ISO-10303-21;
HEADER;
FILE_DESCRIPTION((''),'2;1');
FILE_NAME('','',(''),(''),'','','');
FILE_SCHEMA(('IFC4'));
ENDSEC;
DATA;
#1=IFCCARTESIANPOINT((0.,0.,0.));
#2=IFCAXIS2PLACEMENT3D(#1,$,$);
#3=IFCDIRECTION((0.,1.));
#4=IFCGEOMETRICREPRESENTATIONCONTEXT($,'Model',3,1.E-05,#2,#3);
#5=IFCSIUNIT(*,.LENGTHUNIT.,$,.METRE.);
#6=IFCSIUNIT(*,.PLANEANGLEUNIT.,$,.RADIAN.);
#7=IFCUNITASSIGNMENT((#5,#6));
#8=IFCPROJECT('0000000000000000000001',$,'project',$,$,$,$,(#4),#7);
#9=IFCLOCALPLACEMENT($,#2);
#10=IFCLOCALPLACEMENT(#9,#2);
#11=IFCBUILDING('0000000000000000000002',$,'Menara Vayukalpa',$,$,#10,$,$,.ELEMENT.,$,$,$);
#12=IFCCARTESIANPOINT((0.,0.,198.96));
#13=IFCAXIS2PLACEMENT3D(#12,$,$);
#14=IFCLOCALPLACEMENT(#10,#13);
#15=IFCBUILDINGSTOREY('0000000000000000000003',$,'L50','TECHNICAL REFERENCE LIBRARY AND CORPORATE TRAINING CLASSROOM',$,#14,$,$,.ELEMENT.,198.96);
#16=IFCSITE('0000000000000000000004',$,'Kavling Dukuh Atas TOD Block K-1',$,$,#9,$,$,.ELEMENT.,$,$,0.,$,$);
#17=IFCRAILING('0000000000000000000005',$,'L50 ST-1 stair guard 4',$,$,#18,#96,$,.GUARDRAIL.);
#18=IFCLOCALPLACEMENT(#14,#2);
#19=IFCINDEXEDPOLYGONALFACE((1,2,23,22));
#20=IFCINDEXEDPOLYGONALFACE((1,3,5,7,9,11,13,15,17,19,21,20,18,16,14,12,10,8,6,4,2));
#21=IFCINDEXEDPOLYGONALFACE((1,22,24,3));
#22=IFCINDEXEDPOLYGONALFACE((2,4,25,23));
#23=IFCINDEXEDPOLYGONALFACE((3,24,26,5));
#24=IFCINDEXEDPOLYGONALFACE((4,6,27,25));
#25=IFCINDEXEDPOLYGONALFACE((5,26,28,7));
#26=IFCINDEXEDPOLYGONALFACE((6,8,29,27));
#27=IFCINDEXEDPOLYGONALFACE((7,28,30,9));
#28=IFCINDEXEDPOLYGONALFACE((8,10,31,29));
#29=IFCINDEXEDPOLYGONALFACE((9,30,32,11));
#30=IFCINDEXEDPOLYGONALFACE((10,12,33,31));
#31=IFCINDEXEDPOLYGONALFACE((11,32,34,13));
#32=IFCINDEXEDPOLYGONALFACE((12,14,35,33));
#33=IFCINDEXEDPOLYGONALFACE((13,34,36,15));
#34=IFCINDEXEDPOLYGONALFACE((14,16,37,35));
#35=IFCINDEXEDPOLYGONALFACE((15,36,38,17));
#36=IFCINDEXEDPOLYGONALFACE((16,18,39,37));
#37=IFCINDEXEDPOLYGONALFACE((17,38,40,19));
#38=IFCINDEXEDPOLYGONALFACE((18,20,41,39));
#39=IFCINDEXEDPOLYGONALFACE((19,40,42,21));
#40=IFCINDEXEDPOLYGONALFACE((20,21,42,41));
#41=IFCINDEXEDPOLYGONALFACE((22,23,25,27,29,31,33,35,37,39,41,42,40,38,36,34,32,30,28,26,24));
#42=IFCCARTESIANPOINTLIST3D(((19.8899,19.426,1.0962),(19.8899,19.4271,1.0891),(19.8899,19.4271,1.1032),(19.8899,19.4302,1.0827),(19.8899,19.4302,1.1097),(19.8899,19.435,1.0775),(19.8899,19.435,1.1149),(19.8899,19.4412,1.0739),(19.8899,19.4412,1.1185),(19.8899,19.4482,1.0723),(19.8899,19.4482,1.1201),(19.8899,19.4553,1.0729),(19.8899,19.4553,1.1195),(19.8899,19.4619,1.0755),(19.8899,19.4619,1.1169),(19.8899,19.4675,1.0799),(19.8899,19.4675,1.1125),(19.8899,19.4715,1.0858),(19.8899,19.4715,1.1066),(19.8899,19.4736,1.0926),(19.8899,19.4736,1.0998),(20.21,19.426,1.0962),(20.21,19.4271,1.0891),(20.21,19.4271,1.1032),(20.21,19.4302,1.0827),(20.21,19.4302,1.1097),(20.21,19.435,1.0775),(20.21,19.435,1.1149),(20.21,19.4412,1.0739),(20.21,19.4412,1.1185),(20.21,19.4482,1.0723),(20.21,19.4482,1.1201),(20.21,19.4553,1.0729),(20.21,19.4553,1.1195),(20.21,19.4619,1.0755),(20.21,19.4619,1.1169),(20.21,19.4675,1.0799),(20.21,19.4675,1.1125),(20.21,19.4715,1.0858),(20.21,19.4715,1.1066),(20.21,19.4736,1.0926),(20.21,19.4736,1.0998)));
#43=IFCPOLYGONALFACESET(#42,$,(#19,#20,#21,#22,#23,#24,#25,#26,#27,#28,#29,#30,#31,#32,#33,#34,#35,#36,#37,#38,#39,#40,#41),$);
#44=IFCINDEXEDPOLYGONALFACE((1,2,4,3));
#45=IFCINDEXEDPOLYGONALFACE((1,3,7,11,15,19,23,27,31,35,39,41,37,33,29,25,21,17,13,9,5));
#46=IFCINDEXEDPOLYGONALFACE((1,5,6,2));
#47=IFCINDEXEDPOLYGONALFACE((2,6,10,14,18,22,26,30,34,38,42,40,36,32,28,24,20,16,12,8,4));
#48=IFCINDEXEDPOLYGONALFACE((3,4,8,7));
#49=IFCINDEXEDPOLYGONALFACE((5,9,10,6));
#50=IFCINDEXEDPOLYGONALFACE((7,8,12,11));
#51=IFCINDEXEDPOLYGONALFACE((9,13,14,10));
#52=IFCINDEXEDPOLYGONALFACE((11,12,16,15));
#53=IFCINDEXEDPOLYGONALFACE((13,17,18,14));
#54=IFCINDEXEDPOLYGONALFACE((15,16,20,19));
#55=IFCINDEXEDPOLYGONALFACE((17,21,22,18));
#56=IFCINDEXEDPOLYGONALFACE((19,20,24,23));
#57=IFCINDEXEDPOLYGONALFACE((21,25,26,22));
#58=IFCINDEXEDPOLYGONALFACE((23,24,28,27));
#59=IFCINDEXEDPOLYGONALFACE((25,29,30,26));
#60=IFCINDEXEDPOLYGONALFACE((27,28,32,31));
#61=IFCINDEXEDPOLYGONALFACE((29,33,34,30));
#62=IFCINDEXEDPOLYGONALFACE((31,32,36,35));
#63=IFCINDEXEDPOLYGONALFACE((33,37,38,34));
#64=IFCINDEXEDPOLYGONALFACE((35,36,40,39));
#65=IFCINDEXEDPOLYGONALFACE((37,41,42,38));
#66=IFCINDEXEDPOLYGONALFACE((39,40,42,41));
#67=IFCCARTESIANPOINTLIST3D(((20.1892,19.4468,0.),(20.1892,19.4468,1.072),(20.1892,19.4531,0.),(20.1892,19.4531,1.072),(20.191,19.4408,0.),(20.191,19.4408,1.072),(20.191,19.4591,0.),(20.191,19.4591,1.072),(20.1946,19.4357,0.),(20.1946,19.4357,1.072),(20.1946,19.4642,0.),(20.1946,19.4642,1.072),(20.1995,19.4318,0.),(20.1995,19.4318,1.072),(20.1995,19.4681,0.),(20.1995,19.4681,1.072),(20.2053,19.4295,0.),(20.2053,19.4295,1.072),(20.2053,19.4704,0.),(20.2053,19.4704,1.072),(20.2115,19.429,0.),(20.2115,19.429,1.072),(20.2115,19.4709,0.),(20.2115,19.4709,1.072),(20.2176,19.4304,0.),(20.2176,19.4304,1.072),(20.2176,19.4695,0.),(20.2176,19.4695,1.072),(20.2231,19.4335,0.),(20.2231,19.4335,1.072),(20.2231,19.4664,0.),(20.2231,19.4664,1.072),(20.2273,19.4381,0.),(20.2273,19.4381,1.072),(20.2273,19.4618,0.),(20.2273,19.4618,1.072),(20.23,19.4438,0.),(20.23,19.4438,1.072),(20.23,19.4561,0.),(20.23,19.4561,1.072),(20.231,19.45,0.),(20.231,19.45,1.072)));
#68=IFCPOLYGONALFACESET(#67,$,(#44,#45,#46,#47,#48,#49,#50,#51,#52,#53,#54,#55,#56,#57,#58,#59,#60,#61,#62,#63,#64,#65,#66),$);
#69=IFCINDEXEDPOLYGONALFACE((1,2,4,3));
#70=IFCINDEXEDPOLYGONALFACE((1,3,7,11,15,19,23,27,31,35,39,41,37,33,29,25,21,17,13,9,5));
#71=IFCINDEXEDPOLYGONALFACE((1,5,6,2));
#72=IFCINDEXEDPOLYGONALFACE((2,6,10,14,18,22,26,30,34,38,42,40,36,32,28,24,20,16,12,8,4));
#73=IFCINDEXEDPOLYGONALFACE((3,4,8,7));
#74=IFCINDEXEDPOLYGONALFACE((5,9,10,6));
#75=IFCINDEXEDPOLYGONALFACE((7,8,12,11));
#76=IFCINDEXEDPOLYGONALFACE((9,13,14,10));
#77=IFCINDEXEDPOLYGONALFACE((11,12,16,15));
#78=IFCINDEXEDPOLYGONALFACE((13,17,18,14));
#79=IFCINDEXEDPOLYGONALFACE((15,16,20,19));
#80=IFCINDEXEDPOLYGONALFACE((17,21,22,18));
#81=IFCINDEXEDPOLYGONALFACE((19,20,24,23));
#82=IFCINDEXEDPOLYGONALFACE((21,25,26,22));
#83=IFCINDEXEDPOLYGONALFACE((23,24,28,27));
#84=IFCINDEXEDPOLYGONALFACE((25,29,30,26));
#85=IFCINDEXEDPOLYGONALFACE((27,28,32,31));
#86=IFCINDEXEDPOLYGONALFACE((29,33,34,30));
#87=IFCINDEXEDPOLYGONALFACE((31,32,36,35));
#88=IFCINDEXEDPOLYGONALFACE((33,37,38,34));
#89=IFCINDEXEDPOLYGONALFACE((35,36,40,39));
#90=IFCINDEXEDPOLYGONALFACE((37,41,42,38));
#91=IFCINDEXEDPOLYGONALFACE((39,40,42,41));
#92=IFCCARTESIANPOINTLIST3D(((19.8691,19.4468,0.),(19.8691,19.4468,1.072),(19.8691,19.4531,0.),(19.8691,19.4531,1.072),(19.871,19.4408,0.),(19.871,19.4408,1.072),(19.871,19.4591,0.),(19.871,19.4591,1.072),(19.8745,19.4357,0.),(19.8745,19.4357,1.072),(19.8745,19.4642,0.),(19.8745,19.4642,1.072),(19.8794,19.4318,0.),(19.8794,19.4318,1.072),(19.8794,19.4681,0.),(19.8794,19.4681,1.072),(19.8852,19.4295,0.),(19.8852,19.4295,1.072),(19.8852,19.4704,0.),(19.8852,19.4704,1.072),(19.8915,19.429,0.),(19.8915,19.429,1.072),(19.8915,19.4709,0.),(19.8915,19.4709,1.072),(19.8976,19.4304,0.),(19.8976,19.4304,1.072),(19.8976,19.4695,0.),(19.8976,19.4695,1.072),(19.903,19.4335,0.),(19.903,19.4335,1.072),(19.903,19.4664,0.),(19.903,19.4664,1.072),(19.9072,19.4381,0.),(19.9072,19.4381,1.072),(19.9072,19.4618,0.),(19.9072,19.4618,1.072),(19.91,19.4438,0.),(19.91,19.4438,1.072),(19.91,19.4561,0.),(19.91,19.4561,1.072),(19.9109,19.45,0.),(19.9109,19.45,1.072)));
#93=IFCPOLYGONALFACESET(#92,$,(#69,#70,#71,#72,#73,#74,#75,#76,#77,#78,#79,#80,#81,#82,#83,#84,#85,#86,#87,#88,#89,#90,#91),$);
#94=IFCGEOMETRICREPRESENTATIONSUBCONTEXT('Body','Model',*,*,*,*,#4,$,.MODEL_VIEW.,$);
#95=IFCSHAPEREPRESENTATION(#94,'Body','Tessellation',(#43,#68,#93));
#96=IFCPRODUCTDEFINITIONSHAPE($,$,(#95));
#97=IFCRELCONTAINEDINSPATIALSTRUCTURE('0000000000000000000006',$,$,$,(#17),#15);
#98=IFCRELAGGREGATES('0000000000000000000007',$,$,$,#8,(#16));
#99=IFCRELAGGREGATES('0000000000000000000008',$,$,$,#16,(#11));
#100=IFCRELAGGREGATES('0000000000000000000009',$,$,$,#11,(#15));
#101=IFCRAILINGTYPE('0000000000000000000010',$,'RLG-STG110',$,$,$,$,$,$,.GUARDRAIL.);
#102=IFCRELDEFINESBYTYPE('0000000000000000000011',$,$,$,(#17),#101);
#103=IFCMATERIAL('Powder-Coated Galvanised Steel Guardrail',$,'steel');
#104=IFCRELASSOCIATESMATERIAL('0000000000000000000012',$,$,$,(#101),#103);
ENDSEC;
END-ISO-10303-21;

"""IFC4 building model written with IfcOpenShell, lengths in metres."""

from ifc_helpers import new_model, si_unit, direction, frame, origin, origin_2d, place, context, subcontext, project, spatial, circle, extrude, material, type_object, element, save


model = new_model("IFC4")

# Units and contexts
model_context = context("Model", 3, precision=1e-05, world=origin(), true_north=direction((0.0, 1.0)))
body_context = subcontext(model_context, "Body", "Model", "MODEL_VIEW")
ifc_project = project(units=[si_unit("LENGTHUNIT", "METRE"), si_unit("PLANEANGLEUNIT", "RADIAN")], contexts=[model_context])

# Site, building, storey
site_placement = place(None, origin())
site = spatial("IfcSite", under=ifc_project, at=site_placement, Name="Kavling Dukuh Atas TOD Block K-1", CompositionType="ELEMENT", RefElevation=0.0)
building_placement = place(site_placement, origin())
building = spatial("IfcBuilding", under=site, at=building_placement, Name="Menara Vayukalpa", CompositionType="ELEMENT")
storey_placement = place(building_placement, frame((0.0, 0.0, 198.96)))
storey = spatial("IfcBuildingStorey", under=building, at=storey_placement, Name="L50", Description="TECHNICAL REFERENCE LIBRARY AND CORPORATE TRAINING CLASSROOM", CompositionType="ELEMENT", Elevation=198.96)

# Railing
ifc_material_1 = material(Name="Powder-Coated Galvanised Steel Guardrail", Category="steel")
railing_type_1 = type_object("IfcRailingType", Name="RLG-STG110", PredefinedType="GUARDRAIL", material=ifc_material_1)
railing_1_placement = place(storey_placement, frame((20.21, 19.45, 0.0)))
element("IfcRailing", 1, at=railing_1_placement, inside=storey, type_object=railing_type_1, Name="L50 ST-1 stair guard 4", PredefinedType="GUARDRAIL", context=body_context, shape_type="SweptSolid", body=[
    extrude(circle(Radius=0.0239, at=origin_2d()), frame((0.0, 0.0, 1.0962), z_axis=(-1.0, 0.0, 0.0), x_axis=(0.0, -1.0, 0.0)), (0.0, 0.0, 1.0), 0.3201),
    extrude(circle(Radius=0.021, at=origin_2d()), origin(), (0.0, 0.0, 1.0), 1.072),
    extrude(circle(Radius=0.021, at=origin_2d()), frame((-0.3201, 0.0, 0.0)), (0.0, 0.0, 1.0), 1.072),
])

save(model, "model.ifc")
